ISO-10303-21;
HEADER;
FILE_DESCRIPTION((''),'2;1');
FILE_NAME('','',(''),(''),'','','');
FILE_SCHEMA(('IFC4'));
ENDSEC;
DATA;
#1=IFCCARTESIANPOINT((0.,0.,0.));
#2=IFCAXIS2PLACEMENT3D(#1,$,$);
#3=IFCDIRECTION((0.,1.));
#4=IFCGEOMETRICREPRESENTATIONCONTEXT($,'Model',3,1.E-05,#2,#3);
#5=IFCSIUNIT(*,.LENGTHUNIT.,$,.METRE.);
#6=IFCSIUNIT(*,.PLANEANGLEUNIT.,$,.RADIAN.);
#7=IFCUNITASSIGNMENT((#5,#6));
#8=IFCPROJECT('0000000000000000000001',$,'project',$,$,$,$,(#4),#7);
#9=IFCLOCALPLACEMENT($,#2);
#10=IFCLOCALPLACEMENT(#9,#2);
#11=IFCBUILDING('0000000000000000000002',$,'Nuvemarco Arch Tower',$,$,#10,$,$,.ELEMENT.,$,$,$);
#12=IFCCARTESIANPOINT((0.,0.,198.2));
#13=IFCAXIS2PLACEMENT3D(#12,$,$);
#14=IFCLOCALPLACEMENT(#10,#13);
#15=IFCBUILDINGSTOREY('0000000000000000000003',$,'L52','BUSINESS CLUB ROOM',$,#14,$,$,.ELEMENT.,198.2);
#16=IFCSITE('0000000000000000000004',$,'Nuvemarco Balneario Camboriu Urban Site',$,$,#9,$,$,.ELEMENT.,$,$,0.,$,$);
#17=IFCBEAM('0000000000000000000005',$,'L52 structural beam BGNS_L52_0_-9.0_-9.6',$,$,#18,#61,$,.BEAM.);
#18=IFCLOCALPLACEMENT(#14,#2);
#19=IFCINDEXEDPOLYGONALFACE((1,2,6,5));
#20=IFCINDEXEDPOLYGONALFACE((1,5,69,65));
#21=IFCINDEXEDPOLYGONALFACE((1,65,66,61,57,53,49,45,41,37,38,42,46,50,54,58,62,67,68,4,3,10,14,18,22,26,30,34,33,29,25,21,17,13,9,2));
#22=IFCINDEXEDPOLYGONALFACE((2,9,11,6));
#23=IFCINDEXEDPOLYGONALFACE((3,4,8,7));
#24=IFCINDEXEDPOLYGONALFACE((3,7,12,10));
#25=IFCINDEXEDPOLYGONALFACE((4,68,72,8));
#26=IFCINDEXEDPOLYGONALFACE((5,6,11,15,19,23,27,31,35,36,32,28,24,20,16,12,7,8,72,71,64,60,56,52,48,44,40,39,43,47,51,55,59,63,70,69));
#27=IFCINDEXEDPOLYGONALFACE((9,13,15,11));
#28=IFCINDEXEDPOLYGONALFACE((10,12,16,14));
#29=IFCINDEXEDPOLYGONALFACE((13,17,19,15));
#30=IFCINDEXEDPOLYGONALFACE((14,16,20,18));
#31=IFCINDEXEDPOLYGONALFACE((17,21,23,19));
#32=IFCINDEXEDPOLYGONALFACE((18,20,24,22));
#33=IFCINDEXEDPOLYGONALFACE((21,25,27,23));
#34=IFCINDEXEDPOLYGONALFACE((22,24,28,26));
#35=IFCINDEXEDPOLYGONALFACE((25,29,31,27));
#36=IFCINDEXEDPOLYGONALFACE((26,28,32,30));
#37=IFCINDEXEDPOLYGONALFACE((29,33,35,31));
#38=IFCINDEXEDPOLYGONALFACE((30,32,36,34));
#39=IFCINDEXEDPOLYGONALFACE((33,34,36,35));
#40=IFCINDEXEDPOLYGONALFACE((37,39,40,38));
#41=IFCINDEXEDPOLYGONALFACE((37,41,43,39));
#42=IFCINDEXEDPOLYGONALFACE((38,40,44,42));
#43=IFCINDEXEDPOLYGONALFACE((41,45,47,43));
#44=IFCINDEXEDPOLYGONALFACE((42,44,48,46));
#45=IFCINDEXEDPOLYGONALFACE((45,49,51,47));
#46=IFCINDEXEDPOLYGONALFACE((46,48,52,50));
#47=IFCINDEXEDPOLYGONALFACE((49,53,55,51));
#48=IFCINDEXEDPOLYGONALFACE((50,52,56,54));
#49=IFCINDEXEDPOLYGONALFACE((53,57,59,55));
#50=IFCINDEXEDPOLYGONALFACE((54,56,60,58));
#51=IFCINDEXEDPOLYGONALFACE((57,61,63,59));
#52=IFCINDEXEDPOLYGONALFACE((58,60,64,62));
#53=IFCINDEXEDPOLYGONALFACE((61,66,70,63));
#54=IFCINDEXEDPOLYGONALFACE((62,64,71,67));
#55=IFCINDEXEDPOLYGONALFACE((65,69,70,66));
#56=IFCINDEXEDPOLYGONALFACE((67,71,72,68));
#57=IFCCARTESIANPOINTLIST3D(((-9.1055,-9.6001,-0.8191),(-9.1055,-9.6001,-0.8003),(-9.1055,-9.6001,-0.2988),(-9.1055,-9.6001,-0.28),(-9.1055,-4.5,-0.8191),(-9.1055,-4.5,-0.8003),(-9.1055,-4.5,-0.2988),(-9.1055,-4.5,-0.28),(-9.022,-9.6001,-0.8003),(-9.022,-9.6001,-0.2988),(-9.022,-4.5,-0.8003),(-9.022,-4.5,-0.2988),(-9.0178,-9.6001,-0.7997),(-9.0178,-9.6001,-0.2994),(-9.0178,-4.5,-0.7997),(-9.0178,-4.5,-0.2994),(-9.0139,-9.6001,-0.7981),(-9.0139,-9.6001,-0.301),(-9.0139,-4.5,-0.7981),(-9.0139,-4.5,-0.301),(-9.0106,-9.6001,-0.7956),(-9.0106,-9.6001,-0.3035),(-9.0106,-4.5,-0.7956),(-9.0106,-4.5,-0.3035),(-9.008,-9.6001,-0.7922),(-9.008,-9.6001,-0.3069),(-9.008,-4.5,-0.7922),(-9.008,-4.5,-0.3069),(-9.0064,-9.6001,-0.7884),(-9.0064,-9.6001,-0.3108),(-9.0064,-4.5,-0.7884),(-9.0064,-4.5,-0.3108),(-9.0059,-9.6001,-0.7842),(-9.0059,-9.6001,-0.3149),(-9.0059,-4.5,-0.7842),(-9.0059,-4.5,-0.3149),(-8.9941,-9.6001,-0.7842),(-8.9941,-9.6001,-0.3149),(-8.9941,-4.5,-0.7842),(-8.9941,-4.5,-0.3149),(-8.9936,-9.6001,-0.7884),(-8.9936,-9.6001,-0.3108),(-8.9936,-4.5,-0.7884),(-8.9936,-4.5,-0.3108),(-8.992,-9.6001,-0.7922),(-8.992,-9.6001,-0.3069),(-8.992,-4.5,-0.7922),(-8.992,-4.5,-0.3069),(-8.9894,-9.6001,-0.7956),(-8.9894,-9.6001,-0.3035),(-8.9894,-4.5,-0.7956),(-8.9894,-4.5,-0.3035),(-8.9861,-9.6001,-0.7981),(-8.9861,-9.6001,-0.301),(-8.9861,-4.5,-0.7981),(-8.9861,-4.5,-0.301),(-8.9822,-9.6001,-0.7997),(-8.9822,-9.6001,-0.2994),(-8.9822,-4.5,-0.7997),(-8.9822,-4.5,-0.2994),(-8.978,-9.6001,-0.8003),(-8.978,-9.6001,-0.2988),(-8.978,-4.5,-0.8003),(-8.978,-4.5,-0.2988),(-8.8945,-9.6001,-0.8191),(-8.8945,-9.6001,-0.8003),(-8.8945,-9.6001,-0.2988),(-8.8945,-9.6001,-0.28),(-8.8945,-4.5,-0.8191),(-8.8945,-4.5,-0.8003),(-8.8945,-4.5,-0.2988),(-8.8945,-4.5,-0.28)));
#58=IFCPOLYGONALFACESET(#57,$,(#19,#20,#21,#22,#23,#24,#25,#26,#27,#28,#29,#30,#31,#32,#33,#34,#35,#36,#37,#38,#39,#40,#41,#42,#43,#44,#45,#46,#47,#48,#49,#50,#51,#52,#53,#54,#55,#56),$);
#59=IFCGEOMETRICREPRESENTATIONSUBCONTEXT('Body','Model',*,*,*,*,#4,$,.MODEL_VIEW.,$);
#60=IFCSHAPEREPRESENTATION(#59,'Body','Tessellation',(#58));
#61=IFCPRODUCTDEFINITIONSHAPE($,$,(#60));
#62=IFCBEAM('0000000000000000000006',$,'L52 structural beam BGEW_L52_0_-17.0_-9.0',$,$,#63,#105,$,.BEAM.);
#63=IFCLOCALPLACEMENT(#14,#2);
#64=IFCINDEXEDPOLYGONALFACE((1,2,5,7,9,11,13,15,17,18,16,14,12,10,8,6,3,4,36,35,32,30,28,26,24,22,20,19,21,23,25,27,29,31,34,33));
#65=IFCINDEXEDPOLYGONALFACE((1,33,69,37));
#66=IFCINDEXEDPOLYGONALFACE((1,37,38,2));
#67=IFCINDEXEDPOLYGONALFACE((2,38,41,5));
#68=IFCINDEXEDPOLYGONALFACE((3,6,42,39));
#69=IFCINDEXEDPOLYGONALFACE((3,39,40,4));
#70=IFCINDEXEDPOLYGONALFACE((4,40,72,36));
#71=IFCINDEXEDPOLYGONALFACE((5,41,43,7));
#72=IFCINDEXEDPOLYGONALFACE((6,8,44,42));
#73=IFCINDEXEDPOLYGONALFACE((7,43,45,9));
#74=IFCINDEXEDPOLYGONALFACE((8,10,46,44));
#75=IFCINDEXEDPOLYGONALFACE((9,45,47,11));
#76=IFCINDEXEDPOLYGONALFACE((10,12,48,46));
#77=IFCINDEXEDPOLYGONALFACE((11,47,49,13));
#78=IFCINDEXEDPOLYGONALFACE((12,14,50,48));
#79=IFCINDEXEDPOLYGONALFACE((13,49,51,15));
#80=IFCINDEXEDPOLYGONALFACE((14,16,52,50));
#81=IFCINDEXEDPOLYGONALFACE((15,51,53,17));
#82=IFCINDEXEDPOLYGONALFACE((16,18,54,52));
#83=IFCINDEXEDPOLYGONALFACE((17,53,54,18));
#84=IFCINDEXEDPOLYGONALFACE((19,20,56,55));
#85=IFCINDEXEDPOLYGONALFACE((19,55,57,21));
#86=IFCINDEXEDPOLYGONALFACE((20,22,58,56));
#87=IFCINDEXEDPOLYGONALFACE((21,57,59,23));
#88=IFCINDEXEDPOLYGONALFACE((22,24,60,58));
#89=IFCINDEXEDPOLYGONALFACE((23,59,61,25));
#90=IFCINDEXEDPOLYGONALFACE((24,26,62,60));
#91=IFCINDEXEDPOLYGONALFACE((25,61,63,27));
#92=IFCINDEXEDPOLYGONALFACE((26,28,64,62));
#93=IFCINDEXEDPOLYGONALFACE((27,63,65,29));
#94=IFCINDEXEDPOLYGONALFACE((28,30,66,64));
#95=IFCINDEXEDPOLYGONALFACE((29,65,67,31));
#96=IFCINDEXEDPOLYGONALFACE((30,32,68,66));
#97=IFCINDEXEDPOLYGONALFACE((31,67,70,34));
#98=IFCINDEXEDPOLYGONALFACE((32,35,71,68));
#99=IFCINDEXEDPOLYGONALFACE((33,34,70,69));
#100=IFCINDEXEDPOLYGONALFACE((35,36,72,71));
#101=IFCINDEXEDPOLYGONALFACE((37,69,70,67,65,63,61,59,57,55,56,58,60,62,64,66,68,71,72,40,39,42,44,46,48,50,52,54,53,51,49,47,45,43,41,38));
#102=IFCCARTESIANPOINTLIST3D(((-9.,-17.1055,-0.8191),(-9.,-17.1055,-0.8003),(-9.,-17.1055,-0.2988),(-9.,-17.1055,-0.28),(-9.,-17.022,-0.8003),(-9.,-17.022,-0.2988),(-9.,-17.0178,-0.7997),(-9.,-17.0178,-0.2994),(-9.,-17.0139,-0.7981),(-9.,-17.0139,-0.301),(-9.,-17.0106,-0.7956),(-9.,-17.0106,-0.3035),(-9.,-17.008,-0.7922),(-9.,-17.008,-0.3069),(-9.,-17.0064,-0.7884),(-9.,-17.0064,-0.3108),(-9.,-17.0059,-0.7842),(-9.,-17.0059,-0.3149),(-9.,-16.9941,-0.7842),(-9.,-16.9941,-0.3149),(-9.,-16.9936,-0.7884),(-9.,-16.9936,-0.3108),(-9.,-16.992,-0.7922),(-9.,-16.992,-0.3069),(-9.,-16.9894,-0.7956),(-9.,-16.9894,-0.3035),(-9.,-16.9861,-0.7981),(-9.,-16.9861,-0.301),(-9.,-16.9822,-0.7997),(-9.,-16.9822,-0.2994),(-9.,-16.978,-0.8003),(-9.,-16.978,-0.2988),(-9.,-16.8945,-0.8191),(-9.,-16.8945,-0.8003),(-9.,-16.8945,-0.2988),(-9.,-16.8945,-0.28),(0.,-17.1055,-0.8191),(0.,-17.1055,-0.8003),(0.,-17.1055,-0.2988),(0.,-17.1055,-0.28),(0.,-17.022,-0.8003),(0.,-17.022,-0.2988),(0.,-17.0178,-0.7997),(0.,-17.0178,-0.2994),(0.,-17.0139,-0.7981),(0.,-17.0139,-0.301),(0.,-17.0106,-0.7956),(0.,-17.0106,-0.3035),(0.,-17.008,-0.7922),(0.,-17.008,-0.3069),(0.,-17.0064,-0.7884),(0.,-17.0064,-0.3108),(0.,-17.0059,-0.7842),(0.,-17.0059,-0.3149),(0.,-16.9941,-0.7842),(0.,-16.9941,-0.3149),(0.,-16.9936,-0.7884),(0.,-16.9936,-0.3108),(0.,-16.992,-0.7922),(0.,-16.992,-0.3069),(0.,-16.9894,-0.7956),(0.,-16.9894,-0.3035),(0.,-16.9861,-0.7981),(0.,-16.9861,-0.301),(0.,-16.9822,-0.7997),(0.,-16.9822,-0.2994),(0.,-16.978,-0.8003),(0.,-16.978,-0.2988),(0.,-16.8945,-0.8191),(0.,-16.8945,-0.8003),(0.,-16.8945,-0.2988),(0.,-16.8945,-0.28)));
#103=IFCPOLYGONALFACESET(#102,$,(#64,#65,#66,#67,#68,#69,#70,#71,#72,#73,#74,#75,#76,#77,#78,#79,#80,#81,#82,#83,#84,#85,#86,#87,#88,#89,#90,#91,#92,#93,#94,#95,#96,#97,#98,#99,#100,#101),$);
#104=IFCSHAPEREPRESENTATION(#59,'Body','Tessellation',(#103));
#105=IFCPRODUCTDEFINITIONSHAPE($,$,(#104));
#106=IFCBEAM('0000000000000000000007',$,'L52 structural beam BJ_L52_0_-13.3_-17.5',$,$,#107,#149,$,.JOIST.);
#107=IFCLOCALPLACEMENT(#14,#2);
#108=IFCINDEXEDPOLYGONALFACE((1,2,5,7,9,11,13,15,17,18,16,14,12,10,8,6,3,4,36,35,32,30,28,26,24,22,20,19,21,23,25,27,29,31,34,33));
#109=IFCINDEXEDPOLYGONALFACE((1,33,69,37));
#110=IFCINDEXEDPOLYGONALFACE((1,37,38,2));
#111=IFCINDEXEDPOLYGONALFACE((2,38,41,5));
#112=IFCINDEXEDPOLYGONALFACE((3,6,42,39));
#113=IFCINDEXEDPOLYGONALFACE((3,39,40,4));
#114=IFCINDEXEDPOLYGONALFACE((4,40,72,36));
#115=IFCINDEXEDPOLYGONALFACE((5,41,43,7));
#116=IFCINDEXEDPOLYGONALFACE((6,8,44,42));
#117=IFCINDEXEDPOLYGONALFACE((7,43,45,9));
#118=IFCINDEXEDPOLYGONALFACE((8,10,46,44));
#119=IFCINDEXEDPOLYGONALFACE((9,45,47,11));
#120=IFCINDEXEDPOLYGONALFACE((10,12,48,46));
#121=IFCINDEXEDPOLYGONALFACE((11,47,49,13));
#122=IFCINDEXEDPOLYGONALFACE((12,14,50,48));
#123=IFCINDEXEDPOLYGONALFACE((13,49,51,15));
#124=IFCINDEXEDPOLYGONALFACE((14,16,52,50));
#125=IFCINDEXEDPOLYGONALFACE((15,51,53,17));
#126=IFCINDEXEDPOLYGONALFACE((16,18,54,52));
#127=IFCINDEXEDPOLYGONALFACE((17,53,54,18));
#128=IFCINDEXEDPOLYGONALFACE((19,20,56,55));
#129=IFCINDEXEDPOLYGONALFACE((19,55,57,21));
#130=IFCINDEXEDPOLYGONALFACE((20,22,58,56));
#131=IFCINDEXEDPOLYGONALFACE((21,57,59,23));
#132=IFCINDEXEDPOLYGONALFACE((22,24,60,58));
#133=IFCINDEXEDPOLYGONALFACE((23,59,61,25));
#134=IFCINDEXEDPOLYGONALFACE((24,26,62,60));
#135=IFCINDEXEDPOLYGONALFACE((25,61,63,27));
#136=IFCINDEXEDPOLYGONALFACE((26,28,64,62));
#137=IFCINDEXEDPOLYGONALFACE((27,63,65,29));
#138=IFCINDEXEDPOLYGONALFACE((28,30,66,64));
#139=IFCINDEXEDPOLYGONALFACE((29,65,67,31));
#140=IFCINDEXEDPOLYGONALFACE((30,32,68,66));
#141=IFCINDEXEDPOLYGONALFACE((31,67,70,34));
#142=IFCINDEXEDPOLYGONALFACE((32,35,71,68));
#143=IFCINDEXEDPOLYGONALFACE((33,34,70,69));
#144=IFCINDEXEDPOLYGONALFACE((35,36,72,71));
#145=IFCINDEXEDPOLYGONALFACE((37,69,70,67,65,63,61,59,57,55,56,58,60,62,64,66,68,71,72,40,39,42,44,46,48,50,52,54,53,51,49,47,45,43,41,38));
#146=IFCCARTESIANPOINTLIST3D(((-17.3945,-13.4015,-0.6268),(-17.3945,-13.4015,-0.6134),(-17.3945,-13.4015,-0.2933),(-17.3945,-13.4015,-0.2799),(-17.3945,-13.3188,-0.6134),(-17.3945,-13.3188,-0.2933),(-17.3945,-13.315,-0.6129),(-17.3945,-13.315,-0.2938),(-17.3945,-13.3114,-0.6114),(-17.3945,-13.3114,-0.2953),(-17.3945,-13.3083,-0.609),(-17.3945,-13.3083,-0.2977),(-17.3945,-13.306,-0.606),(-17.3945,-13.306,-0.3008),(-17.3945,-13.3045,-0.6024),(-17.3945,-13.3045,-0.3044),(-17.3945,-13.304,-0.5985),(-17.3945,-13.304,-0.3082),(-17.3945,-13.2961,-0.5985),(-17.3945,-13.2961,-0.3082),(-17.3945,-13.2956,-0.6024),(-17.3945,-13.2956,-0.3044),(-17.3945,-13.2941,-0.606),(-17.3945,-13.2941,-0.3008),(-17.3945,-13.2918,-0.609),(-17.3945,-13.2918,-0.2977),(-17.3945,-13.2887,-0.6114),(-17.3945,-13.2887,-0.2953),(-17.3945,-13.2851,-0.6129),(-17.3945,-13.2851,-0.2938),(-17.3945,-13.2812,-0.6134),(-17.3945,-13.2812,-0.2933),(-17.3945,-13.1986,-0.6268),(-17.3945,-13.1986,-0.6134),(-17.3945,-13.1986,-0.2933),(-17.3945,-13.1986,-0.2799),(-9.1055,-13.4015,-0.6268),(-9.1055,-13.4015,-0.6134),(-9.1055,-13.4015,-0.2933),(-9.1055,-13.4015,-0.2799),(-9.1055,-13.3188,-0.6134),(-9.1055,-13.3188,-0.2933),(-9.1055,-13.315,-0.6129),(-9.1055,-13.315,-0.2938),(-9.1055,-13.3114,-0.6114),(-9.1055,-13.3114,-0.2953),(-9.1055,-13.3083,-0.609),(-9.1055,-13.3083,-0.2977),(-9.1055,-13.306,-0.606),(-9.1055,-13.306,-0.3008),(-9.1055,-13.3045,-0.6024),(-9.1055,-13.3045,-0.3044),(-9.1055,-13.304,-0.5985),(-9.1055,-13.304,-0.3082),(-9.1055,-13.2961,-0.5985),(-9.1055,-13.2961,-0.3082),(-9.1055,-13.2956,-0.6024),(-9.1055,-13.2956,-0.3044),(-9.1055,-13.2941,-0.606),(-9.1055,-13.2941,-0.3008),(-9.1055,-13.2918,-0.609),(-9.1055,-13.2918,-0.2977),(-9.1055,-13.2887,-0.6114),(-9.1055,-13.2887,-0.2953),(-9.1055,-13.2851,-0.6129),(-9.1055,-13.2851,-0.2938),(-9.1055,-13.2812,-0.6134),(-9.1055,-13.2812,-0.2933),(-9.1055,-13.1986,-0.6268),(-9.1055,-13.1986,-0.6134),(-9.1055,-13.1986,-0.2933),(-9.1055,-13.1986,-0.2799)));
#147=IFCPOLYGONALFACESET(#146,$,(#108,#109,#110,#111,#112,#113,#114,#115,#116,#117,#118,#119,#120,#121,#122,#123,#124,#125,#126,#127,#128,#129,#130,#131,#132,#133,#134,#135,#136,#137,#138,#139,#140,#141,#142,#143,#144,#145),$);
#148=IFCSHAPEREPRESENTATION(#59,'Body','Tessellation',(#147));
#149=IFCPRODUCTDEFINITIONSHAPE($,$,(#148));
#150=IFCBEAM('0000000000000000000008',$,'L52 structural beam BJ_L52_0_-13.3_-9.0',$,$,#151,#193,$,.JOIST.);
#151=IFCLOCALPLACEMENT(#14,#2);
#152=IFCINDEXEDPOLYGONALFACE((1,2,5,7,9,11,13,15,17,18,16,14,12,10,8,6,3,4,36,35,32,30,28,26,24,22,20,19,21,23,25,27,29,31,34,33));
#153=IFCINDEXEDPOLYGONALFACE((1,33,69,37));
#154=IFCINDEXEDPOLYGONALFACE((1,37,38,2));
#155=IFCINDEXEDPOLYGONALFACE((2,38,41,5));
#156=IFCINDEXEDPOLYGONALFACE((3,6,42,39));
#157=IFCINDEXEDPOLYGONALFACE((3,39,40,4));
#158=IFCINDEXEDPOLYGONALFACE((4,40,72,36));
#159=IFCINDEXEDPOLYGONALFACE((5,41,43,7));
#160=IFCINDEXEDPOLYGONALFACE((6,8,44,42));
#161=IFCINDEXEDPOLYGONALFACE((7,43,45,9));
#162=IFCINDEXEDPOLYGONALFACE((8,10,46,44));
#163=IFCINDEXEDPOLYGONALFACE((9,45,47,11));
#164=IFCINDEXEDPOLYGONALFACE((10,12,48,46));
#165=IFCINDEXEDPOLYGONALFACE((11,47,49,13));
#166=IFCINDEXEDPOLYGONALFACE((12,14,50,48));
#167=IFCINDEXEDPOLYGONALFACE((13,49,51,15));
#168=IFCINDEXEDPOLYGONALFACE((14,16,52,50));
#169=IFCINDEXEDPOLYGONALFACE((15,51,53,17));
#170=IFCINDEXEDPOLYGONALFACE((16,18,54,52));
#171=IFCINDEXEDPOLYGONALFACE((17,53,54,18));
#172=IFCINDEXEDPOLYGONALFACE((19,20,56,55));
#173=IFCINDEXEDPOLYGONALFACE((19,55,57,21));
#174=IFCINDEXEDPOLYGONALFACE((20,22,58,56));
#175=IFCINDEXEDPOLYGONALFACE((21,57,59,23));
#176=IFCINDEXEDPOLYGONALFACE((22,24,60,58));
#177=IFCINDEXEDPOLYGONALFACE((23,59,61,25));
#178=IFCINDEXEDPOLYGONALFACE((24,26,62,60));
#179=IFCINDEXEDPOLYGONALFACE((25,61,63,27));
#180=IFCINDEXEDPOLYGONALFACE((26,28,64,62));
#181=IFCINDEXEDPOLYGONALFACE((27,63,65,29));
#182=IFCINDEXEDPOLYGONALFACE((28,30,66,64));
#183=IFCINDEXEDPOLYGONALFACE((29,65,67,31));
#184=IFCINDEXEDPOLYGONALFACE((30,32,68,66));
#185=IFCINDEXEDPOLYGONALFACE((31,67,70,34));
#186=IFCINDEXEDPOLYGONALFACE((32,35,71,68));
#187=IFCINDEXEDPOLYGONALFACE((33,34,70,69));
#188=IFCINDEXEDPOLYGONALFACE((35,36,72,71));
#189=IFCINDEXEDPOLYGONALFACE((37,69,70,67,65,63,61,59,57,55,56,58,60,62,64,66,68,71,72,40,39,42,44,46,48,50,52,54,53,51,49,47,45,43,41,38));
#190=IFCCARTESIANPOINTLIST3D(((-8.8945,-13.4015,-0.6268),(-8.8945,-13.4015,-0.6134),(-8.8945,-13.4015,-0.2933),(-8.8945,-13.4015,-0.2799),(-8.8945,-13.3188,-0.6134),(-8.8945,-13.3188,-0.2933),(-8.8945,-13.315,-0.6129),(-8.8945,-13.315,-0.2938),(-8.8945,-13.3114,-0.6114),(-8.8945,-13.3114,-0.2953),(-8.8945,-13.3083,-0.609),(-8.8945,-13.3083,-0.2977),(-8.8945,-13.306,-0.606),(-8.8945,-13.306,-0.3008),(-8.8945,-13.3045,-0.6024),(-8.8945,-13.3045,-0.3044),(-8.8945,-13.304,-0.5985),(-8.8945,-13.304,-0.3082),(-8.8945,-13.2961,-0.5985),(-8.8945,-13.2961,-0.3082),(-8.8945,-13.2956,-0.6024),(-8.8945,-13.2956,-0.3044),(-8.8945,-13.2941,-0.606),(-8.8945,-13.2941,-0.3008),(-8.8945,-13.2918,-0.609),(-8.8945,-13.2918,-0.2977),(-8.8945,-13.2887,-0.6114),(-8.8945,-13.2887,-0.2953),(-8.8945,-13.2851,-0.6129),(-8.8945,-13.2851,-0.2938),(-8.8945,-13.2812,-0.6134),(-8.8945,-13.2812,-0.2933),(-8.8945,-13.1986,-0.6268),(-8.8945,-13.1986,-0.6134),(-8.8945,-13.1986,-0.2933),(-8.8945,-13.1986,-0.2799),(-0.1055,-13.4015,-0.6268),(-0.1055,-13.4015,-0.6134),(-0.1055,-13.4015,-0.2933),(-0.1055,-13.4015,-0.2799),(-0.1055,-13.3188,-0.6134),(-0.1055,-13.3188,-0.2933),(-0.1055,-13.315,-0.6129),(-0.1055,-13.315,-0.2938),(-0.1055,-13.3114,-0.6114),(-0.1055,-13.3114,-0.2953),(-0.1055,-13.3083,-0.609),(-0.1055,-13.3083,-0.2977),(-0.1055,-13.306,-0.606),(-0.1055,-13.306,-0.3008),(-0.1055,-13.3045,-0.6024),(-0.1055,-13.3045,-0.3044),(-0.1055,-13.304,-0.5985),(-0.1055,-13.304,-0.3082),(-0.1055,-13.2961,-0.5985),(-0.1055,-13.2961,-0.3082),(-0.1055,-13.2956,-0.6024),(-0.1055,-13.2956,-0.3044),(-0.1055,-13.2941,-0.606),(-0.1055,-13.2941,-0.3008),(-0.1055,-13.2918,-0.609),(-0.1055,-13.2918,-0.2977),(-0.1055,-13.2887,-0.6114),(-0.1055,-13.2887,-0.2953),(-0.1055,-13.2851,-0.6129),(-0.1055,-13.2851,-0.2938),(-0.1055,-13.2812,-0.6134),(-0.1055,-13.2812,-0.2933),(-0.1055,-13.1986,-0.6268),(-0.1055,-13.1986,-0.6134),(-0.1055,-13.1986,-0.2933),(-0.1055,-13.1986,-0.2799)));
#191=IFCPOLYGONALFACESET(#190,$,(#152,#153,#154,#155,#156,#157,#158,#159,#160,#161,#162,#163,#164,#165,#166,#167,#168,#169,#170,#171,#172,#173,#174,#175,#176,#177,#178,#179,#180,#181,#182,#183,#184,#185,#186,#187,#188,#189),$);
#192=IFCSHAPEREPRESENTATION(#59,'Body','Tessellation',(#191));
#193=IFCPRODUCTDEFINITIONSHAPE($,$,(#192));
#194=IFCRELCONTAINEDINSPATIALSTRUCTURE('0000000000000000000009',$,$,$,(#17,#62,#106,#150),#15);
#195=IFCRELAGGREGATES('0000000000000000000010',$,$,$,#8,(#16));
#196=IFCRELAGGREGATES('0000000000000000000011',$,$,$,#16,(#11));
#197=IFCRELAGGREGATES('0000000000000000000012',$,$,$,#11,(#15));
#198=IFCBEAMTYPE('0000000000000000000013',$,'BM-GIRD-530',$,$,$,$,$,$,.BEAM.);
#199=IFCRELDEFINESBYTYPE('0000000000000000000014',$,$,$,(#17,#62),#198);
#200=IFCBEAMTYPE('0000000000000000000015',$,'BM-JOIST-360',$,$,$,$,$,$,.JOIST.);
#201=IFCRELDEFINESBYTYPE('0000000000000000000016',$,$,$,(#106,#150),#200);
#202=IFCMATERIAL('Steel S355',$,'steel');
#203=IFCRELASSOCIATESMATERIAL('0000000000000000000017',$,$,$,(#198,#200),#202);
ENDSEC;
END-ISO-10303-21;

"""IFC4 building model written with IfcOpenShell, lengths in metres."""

from ifc_helpers import new_model, si_unit, direction, frame, origin, origin_2d, place, context, subcontext, project, spatial, i_section, extrude, material, material_profile, profile_set, type_object, element, save


model = new_model("IFC4")

# Units and contexts
model_context = context("Model", 3, precision=1e-05, world=origin(), true_north=direction((0.0, 1.0)))
body_context = subcontext(model_context, "Body", "Model", "MODEL_VIEW")
ifc_project = project(units=[si_unit("LENGTHUNIT", "METRE"), si_unit("PLANEANGLEUNIT", "RADIAN")], contexts=[model_context])

# Site, building, storey
site_placement = place(None, origin())
site = spatial("IfcSite", under=ifc_project, at=site_placement, Name="Nuvemarco Balneario Camboriu Urban Site", CompositionType="ELEMENT", RefElevation=0.0)
building_placement = place(site_placement, origin())
building = spatial("IfcBuilding", under=site, at=building_placement, Name="Nuvemarco Arch Tower", CompositionType="ELEMENT")
storey_placement = place(building_placement, frame((0.0, 0.0, 198.2)))
storey = spatial("IfcBuildingStorey", under=building, at=storey_placement, Name="L52", Description="BUSINESS CLUB ROOM", CompositionType="ELEMENT", Elevation=198.2)

# Shared definitions
ifc_material_1 = material(Name="Steel S355", Category="steel")

# Beams
ifc_material_profile_1 = material_profile(ifc_material_1, i_section(OverallWidth=0.2109, OverallDepth=0.5391, WebThickness=0.0117, FlangeThickness=0.0188, FilletRadius=0.0161, at=origin_2d()), Name="W530x109")
ifc_profile_set_1 = profile_set([ifc_material_profile_1], Name="Steel S355")
beam_type_1 = type_object("IfcBeamType", Name="BM-GIRD-530", PredefinedType="BEAM", material=ifc_profile_set_1)
beam_1_placement = place(storey_placement, frame((-9.0, -9.6001, -0.5496), z_axis=(0.0, 1.0, 0.0), x_axis=(-1.0, 0.0, 0.0)))
element("IfcBeam", 1, at=beam_1_placement, inside=storey, type_object=beam_type_1, Name="L52 structural beam BGNS_L52_0_-9.0_-9.6", PredefinedType="BEAM", context=body_context, shape_type="SweptSolid", body=[
    extrude(i_section(OverallWidth=0.2109, OverallDepth=0.5391, WebThickness=0.0117, FlangeThickness=0.0188, FilletRadius=0.0161, at=origin_2d()), origin(), (0.0, 0.0, 1.0), 5.1001),
])
beam_2_placement = place(storey_placement, frame((-9.0, -17.0, -0.5496), z_axis=(1.0, 0.0, 0.0), x_axis=(0.0, 1.0, 0.0)))
element("IfcBeam", 2, at=beam_2_placement, inside=storey, type_object=beam_type_1, Name="L52 structural beam BGEW_L52_0_-17.0_-9.0", PredefinedType="BEAM", context=body_context, shape_type="SweptSolid", body=[
    extrude(i_section(OverallWidth=0.2109, OverallDepth=0.5391, WebThickness=0.0117, FlangeThickness=0.0188, FilletRadius=0.0161, at=origin_2d()), origin(), (0.0, 0.0, 1.0), 9.0),
])
ifc_material_profile_2 = material_profile(ifc_material_1, i_section(OverallWidth=0.2029, OverallDepth=0.3469, WebThickness=0.0078, FlangeThickness=0.0134, FilletRadius=0.0149, at=origin_2d()), Name="W360x64")
ifc_profile_set_2 = profile_set([ifc_material_profile_2], Name="Steel S355")
beam_type_2 = type_object("IfcBeamType", Name="BM-JOIST-360", PredefinedType="JOIST", material=ifc_profile_set_2)
beam_3_placement = place(storey_placement, frame((-17.3945, -13.3, -0.4534), z_axis=(1.0, 0.0, 0.0), x_axis=(0.0, 1.0, 0.0)))
element("IfcBeam", 3, at=beam_3_placement, inside=storey, type_object=beam_type_2, Name="L52 structural beam BJ_L52_0_-13.3_-17.5", PredefinedType="JOIST", context=body_context, shape_type="SweptSolid", body=[
    extrude(i_section(OverallWidth=0.2029, OverallDepth=0.3469, WebThickness=0.0078, FlangeThickness=0.0134, FilletRadius=0.0149, at=origin_2d()), origin(), (0.0, 0.0, 1.0), 8.2891),
])
beam_4_placement = place(storey_placement, frame((-8.8945, -13.3, -0.4534), z_axis=(1.0, 0.0, 0.0), x_axis=(0.0, 1.0, 0.0)))
element("IfcBeam", 4, at=beam_4_placement, inside=storey, type_object=beam_type_2, Name="L52 structural beam BJ_L52_0_-13.3_-9.0", PredefinedType="JOIST", context=body_context, shape_type="SweptSolid", body=[
    extrude(i_section(OverallWidth=0.2029, OverallDepth=0.3469, WebThickness=0.0078, FlangeThickness=0.0134, FilletRadius=0.0149, at=origin_2d()), origin(), (0.0, 0.0, 1.0), 8.7891),
])

save(model, "model.ifc")
